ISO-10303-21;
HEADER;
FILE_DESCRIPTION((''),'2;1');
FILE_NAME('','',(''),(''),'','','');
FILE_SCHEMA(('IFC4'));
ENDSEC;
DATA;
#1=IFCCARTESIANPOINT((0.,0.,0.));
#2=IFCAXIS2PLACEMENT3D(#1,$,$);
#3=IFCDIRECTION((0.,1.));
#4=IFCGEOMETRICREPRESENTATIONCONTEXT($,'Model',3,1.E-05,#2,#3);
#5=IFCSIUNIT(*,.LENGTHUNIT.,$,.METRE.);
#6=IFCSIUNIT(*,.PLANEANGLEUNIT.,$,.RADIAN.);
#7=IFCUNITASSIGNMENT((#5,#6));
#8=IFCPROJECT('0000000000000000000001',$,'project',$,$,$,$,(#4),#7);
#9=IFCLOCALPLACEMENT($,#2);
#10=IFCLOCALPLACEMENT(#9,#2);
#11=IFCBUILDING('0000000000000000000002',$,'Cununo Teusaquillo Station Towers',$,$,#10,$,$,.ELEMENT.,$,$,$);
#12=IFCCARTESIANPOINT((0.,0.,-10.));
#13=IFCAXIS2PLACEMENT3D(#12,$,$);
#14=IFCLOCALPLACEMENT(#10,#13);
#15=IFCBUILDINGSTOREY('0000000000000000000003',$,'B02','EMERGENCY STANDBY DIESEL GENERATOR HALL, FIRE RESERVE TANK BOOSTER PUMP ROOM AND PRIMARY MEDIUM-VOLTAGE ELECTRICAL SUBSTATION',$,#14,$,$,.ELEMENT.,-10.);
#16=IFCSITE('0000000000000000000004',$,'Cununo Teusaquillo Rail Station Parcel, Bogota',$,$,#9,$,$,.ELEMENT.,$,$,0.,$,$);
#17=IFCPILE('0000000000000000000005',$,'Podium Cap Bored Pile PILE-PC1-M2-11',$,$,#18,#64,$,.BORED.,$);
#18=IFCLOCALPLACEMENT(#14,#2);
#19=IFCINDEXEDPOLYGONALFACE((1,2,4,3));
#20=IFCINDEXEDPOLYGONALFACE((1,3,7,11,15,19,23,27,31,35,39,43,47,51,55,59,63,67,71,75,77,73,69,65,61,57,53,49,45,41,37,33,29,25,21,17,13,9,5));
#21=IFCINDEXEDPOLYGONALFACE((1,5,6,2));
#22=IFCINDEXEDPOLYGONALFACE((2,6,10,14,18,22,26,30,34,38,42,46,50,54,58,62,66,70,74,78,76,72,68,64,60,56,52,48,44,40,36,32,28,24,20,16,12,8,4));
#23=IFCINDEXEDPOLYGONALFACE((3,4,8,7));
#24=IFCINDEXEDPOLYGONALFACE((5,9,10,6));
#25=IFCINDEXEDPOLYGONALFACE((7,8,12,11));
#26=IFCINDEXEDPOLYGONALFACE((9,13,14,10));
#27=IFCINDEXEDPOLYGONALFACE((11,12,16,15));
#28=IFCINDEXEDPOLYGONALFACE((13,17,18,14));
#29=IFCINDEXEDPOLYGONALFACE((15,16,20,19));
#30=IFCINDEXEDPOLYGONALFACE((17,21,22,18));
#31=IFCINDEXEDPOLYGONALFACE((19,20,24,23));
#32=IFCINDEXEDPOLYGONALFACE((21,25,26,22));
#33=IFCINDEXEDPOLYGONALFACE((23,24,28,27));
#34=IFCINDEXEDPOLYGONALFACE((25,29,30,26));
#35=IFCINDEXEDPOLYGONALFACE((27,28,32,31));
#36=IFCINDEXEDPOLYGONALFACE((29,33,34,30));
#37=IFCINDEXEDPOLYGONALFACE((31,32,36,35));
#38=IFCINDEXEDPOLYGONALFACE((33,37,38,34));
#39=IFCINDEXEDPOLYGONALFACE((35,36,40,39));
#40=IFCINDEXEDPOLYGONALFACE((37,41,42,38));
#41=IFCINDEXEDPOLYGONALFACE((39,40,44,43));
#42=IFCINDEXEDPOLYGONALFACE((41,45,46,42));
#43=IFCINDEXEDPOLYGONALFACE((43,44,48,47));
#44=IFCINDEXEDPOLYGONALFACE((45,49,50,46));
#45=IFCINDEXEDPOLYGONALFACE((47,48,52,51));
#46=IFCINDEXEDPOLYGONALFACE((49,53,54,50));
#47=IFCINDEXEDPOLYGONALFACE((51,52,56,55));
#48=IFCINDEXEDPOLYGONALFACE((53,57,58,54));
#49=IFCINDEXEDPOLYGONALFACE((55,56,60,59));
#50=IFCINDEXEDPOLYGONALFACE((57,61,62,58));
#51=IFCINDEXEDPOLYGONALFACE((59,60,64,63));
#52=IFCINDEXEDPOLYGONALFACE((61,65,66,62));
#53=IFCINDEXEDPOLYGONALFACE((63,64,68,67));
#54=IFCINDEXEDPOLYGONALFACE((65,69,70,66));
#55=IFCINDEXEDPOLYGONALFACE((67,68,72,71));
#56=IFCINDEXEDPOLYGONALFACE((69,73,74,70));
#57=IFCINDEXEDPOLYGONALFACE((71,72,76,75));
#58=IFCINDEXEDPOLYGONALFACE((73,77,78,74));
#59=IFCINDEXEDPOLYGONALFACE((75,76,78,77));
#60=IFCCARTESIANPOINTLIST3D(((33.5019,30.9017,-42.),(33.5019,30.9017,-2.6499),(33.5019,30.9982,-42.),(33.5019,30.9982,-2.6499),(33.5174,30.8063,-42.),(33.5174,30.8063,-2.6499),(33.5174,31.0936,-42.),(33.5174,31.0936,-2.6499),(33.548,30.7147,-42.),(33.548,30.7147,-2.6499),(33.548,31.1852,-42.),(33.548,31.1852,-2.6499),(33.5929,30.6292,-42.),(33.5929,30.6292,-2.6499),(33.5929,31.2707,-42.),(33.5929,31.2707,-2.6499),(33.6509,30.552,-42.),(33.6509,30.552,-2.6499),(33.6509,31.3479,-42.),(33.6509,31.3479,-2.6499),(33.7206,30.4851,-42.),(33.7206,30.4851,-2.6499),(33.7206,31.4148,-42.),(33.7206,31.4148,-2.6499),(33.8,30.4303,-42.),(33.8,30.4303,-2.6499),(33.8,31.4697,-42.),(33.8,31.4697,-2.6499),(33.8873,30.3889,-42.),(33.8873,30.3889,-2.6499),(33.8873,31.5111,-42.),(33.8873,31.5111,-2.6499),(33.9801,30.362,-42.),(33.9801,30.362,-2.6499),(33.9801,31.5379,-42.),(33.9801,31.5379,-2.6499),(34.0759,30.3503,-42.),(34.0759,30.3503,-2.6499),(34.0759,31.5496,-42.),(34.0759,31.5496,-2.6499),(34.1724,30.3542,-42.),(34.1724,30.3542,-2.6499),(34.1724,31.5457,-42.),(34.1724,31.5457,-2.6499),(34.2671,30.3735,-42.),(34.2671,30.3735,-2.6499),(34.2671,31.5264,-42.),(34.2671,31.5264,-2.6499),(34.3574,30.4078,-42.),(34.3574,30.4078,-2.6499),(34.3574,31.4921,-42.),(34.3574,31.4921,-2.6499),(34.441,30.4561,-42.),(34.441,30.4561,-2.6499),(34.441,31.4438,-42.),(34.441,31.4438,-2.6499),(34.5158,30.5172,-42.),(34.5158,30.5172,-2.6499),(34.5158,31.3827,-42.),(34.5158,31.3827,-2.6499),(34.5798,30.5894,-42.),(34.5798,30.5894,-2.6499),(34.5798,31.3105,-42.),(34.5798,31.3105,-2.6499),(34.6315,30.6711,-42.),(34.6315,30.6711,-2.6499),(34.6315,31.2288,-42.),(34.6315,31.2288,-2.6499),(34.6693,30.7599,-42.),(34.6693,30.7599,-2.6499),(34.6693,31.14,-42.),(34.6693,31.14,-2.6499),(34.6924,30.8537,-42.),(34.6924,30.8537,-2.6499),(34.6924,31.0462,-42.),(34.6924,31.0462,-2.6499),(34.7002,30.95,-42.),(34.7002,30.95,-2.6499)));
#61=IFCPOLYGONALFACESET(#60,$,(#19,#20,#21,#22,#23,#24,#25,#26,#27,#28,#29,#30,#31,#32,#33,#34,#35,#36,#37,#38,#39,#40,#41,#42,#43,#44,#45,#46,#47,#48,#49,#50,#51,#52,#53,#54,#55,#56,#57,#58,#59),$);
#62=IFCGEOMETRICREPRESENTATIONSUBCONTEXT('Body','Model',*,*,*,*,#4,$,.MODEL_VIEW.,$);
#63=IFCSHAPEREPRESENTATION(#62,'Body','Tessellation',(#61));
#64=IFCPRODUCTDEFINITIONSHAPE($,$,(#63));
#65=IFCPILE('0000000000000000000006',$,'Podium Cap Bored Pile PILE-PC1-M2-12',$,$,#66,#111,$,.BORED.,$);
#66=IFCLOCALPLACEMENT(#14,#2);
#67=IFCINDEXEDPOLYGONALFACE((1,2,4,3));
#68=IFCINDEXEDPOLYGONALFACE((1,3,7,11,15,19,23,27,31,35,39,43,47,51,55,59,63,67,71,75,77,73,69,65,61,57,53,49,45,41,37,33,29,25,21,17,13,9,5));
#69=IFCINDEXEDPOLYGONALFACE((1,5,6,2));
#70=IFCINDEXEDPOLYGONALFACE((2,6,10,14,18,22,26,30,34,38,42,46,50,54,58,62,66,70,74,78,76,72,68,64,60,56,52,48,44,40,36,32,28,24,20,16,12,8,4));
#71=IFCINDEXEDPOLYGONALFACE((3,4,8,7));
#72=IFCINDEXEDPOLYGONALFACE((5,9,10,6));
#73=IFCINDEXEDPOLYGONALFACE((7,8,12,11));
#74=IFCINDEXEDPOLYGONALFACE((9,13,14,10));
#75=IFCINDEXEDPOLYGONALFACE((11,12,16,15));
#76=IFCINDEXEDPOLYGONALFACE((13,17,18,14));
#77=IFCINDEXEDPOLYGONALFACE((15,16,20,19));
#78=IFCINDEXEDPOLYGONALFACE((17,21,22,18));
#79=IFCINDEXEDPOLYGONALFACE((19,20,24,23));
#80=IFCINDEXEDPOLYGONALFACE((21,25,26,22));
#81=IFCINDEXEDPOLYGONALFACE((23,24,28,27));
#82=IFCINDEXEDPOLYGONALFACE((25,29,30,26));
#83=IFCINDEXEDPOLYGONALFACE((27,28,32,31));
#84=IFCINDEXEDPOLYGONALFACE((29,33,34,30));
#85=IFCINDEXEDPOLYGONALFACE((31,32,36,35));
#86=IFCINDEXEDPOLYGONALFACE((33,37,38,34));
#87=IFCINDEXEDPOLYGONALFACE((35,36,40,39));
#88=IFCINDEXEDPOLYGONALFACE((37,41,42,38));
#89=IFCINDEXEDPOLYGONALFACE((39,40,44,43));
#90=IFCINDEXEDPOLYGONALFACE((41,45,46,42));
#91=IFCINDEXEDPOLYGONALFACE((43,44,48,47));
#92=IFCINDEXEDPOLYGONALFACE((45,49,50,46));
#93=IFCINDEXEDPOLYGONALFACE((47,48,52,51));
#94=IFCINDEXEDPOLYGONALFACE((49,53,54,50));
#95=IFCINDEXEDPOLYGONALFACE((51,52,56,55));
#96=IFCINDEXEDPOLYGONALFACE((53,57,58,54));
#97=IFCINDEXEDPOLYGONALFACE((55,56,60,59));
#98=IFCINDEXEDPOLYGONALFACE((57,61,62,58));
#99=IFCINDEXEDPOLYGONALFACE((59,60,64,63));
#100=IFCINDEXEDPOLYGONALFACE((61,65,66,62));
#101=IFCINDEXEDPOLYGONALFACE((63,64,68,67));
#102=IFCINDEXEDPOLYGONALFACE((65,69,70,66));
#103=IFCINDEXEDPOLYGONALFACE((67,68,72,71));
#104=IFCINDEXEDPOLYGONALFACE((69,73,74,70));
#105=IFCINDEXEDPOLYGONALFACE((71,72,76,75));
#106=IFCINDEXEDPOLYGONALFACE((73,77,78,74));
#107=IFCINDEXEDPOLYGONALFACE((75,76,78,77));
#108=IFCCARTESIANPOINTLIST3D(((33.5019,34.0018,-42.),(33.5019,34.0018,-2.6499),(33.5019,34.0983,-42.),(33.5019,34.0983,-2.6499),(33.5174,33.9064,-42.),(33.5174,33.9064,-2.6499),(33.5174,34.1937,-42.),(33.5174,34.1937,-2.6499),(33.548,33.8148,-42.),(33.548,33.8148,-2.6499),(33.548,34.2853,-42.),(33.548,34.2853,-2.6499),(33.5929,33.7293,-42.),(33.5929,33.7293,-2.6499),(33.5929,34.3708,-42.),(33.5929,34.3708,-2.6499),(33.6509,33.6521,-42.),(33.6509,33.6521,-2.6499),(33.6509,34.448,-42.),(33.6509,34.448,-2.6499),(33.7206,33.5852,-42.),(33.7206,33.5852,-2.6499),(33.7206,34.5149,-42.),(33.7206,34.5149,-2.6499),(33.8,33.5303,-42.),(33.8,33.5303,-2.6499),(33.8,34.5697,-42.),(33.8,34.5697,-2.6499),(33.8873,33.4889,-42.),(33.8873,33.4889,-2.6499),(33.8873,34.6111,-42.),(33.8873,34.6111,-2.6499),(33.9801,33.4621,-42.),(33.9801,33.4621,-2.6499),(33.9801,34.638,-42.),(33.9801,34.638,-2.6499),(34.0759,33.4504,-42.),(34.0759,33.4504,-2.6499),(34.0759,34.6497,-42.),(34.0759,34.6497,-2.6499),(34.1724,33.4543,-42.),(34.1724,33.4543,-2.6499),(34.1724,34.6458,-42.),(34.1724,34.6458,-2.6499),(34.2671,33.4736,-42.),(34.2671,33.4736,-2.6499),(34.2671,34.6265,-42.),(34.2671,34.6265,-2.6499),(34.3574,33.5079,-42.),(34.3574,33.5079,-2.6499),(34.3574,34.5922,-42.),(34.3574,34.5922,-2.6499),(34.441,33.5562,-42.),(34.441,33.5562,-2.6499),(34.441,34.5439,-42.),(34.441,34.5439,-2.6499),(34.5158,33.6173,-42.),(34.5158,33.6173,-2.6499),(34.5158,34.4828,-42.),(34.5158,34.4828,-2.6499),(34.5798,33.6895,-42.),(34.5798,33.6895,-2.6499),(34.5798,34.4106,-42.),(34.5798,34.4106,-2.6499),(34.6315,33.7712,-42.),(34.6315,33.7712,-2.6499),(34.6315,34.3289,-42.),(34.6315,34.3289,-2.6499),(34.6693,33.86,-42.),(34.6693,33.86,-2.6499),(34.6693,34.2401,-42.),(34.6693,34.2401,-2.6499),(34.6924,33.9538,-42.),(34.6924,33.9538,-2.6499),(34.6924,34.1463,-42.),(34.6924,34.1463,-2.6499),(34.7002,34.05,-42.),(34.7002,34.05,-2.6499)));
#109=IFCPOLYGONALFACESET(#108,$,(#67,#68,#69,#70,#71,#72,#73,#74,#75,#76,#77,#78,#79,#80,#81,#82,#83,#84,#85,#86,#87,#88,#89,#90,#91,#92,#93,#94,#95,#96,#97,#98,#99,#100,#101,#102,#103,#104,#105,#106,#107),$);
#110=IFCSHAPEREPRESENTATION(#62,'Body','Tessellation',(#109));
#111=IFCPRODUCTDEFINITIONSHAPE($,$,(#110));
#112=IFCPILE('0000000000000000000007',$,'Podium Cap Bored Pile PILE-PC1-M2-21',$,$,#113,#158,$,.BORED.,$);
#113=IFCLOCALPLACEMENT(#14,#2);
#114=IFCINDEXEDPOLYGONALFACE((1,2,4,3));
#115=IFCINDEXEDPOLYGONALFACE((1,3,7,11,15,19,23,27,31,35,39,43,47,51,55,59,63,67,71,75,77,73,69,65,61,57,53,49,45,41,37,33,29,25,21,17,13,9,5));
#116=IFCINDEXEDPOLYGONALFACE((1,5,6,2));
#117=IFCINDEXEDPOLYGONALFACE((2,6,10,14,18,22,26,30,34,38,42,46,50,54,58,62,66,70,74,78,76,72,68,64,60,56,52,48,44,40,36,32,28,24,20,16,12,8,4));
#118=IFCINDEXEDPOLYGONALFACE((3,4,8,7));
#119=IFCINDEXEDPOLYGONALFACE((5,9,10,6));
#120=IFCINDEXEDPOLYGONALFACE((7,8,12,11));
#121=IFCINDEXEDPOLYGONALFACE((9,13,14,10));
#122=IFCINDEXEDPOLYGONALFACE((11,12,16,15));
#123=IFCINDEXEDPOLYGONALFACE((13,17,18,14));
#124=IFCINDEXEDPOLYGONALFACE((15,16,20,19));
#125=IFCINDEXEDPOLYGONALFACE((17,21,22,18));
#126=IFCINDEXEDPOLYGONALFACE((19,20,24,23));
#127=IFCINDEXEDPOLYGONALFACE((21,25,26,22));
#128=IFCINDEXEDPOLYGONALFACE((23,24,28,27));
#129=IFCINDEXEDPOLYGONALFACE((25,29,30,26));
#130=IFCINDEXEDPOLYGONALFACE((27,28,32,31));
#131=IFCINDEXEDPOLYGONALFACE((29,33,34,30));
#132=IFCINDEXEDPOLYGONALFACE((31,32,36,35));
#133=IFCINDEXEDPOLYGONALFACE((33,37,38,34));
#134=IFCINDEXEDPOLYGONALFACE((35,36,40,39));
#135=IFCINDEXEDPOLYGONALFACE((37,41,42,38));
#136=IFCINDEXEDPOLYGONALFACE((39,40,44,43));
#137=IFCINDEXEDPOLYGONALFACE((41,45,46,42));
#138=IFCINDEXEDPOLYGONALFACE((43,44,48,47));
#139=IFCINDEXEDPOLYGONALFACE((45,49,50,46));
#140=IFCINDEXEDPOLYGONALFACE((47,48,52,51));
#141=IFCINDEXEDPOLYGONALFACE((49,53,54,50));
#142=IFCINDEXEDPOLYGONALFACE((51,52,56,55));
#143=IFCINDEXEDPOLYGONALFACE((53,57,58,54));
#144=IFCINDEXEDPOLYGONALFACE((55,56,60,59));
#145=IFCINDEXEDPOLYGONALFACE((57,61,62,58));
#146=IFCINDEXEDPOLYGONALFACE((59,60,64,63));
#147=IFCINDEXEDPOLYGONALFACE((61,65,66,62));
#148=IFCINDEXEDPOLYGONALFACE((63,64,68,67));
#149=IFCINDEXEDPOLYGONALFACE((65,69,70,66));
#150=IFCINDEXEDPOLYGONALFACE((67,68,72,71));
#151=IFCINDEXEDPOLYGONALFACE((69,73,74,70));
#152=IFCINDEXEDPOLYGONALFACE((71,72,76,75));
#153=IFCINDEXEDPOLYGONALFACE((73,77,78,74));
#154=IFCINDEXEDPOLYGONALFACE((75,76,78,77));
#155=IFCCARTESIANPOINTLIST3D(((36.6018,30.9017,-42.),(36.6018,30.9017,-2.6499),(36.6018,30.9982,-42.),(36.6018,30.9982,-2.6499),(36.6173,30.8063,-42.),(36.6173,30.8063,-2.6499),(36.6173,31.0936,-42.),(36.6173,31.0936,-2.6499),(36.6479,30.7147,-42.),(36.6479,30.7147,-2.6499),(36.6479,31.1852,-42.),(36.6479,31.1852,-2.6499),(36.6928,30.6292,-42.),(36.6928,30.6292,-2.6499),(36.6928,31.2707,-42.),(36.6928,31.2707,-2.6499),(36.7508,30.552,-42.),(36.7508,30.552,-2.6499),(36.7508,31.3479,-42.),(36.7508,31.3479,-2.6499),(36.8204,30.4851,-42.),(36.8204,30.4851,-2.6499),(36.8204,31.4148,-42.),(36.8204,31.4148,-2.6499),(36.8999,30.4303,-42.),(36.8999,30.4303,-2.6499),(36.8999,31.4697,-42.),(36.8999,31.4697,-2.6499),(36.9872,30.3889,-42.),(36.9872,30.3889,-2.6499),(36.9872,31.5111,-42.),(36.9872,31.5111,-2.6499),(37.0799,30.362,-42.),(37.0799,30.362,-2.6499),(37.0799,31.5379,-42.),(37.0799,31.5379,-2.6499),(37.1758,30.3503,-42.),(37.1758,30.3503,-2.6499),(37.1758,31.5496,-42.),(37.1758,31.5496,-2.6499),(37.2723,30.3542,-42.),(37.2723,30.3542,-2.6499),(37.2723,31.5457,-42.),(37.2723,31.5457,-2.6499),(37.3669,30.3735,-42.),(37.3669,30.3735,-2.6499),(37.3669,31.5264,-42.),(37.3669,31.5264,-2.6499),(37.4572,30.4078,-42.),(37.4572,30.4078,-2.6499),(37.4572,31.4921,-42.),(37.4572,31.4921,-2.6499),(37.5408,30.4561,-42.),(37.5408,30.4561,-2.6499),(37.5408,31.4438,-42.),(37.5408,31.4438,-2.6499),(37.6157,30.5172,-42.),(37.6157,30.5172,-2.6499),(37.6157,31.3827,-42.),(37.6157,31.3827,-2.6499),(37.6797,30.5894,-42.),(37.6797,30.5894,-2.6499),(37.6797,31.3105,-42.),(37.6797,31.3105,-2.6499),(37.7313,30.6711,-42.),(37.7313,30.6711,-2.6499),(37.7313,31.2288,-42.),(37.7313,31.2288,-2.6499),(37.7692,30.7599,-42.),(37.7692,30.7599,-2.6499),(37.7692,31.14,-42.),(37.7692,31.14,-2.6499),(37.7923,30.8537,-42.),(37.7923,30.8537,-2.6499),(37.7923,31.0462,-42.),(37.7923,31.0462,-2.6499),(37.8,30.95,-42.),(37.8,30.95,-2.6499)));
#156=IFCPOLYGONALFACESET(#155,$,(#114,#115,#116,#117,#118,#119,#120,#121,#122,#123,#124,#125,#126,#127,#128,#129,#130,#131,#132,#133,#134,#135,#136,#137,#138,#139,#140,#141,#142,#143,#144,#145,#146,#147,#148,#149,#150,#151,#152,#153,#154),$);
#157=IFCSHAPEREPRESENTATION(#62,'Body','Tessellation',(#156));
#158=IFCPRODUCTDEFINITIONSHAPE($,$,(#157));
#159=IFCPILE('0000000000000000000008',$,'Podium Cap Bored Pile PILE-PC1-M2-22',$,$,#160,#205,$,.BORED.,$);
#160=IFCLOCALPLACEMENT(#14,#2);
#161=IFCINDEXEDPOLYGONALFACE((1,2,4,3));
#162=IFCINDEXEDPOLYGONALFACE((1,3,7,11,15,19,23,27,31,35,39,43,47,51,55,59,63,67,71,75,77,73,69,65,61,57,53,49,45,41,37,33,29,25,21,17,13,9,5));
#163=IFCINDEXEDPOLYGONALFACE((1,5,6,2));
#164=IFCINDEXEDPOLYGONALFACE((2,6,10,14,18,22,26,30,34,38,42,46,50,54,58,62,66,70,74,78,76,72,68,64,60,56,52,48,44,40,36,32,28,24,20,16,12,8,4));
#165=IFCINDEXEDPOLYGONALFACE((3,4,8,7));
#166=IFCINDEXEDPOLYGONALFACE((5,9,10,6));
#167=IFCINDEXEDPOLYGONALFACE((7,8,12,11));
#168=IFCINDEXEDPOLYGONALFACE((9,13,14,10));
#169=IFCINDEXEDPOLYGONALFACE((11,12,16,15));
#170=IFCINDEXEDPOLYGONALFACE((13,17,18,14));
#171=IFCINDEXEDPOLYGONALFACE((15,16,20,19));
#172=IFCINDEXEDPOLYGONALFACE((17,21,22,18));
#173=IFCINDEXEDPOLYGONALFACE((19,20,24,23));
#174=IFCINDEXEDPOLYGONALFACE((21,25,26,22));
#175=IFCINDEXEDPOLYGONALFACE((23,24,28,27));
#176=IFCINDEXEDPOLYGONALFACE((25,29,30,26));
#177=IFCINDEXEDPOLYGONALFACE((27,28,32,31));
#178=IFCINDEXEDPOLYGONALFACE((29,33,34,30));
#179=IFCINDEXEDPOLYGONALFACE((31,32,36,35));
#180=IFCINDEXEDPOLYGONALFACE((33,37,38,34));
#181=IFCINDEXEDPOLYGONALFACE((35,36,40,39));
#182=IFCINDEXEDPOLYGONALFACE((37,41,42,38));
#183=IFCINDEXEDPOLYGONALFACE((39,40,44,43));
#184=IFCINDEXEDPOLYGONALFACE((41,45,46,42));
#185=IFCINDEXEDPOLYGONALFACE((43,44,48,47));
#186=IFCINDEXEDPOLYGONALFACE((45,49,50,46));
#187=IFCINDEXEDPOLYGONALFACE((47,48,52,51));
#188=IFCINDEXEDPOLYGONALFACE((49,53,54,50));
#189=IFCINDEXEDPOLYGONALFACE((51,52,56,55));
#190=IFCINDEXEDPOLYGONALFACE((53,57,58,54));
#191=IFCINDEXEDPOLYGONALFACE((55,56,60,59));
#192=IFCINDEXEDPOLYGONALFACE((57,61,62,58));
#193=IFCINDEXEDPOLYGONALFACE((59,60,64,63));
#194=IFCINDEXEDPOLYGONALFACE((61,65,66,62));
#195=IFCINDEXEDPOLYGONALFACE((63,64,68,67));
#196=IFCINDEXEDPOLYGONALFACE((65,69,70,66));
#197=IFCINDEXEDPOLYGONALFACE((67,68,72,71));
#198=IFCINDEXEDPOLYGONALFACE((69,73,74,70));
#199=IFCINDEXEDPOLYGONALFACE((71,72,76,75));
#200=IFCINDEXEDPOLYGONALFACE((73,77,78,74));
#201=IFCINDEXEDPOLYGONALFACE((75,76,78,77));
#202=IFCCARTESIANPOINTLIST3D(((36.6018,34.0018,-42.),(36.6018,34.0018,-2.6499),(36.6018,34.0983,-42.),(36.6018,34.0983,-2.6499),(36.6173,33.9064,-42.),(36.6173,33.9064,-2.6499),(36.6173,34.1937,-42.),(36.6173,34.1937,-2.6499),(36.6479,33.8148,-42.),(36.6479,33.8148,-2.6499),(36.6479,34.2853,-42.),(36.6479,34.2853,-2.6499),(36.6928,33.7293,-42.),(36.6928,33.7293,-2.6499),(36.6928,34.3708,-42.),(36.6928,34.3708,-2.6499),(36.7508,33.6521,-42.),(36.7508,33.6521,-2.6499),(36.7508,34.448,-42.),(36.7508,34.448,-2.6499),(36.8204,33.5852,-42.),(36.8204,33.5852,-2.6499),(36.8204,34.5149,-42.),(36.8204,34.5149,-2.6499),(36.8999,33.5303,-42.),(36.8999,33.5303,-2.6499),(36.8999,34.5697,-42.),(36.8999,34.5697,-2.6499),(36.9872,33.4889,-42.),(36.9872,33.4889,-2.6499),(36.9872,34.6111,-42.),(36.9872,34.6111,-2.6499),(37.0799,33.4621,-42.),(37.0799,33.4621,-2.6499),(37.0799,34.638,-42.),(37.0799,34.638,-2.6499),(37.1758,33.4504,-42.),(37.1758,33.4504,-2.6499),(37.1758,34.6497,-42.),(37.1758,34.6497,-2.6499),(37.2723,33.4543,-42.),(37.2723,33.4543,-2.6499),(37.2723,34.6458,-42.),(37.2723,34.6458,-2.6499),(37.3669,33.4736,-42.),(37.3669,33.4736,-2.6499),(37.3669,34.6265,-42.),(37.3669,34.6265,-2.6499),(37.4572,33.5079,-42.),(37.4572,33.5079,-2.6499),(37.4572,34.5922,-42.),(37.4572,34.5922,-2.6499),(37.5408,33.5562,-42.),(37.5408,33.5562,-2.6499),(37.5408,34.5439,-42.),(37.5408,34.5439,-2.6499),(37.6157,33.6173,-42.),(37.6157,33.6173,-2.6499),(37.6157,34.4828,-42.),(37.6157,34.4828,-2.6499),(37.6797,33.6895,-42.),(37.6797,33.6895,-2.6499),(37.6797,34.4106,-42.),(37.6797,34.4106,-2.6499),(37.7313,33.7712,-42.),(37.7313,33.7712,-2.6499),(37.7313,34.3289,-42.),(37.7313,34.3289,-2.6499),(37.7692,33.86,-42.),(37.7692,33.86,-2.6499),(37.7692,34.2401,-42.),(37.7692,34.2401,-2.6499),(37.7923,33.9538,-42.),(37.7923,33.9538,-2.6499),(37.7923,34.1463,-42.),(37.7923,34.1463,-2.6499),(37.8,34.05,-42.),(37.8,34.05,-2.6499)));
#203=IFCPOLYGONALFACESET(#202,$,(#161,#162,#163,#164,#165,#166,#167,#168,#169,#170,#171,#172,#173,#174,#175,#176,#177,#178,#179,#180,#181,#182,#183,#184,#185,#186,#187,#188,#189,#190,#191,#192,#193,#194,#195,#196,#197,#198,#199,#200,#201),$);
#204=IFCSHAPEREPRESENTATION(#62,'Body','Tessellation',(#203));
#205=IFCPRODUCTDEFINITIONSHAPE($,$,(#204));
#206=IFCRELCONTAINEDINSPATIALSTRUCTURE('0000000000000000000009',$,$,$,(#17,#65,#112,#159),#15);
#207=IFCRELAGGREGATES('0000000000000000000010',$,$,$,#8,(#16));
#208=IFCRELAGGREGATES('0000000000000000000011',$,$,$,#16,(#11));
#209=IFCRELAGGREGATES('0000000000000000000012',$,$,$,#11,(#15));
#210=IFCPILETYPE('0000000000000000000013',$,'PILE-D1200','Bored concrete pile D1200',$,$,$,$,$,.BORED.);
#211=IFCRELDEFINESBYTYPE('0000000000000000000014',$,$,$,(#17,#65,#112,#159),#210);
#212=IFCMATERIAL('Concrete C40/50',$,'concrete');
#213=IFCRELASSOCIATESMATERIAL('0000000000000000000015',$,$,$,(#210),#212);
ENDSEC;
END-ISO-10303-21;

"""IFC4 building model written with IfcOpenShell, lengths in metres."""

from ifc_helpers import new_model, si_unit, direction, frame, origin, origin_2d, place, context, subcontext, project, spatial, circle, extrude, material, material_profile, profile_set, type_object, element, save


model = new_model("IFC4")

# Units and contexts
model_context = context("Model", 3, precision=1e-05, world=origin(), true_north=direction((0.0, 1.0)))
body_context = subcontext(model_context, "Body", "Model", "MODEL_VIEW")
ifc_project = project(units=[si_unit("LENGTHUNIT", "METRE"), si_unit("PLANEANGLEUNIT", "RADIAN")], contexts=[model_context])

# Site, building, storey
site_placement = place(None, origin())
site = spatial("IfcSite", under=ifc_project, at=site_placement, Name="Cununo Teusaquillo Rail Station Parcel, Bogota", CompositionType="ELEMENT", RefElevation=0.0)
building_placement = place(site_placement, origin())
building = spatial("IfcBuilding", under=site, at=building_placement, Name="Cununo Teusaquillo Station Towers", CompositionType="ELEMENT")
storey_placement = place(building_placement, frame((0.0, 0.0, -10.0)))
storey = spatial("IfcBuildingStorey", under=building, at=storey_placement, Name="B02", Description="EMERGENCY STANDBY DIESEL GENERATOR HALL, FIRE RESERVE TANK BOOSTER PUMP ROOM AND PRIMARY MEDIUM-VOLTAGE ELECTRICAL SUBSTATION", CompositionType="ELEMENT", Elevation=-10.0)

# Piles
ifc_material_1 = material(Name="Concrete C40/50", Category="concrete")
ifc_material_profile_1 = material_profile(ifc_material_1, circle(Radius=0.6001, at=origin_2d()), Name="PILE-BORED-1200")
ifc_profile_set_1 = profile_set([ifc_material_profile_1], Name="Concrete C40/50")
pile_type = type_object("IfcPileType", Name="PILE-D1200", Description="Bored concrete pile D1200", PredefinedType="BORED", material=ifc_profile_set_1)
for number, where, z_axis, x_axis, name in (
    (1, (34.1001, 30.95, -2.6499), (0.0, 0.0, -1.0), (1.0, 0.0, 0.0), "Podium Cap Bored Pile PILE-PC1-M2-11"),
    (2, (34.1001, 34.05, -2.6499), (0.0, 0.0, -1.0), (1.0, 0.0, 0.0), "Podium Cap Bored Pile PILE-PC1-M2-12"),
    (3, (37.2, 30.95, -2.6499), (0.0, 0.0, -1.0), (1.0, 0.0, 0.0), "Podium Cap Bored Pile PILE-PC1-M2-21"),
    (4, (37.2, 34.05, -2.6499), (0.0, 0.0, -1.0), (1.0, 0.0, 0.0), "Podium Cap Bored Pile PILE-PC1-M2-22"),
):
    element("IfcPile", number, at=place(storey_placement, frame(where, z_axis=z_axis, x_axis=x_axis)), inside=storey, type_object=pile_type, Name=name, PredefinedType="BORED", context=body_context, shape_type="SweptSolid", body=[
        extrude(circle(Radius=0.6001, at=origin_2d()), origin(), (0.0, 0.0, 1.0), 39.3501),
    ])

save(model, "model.ifc")
